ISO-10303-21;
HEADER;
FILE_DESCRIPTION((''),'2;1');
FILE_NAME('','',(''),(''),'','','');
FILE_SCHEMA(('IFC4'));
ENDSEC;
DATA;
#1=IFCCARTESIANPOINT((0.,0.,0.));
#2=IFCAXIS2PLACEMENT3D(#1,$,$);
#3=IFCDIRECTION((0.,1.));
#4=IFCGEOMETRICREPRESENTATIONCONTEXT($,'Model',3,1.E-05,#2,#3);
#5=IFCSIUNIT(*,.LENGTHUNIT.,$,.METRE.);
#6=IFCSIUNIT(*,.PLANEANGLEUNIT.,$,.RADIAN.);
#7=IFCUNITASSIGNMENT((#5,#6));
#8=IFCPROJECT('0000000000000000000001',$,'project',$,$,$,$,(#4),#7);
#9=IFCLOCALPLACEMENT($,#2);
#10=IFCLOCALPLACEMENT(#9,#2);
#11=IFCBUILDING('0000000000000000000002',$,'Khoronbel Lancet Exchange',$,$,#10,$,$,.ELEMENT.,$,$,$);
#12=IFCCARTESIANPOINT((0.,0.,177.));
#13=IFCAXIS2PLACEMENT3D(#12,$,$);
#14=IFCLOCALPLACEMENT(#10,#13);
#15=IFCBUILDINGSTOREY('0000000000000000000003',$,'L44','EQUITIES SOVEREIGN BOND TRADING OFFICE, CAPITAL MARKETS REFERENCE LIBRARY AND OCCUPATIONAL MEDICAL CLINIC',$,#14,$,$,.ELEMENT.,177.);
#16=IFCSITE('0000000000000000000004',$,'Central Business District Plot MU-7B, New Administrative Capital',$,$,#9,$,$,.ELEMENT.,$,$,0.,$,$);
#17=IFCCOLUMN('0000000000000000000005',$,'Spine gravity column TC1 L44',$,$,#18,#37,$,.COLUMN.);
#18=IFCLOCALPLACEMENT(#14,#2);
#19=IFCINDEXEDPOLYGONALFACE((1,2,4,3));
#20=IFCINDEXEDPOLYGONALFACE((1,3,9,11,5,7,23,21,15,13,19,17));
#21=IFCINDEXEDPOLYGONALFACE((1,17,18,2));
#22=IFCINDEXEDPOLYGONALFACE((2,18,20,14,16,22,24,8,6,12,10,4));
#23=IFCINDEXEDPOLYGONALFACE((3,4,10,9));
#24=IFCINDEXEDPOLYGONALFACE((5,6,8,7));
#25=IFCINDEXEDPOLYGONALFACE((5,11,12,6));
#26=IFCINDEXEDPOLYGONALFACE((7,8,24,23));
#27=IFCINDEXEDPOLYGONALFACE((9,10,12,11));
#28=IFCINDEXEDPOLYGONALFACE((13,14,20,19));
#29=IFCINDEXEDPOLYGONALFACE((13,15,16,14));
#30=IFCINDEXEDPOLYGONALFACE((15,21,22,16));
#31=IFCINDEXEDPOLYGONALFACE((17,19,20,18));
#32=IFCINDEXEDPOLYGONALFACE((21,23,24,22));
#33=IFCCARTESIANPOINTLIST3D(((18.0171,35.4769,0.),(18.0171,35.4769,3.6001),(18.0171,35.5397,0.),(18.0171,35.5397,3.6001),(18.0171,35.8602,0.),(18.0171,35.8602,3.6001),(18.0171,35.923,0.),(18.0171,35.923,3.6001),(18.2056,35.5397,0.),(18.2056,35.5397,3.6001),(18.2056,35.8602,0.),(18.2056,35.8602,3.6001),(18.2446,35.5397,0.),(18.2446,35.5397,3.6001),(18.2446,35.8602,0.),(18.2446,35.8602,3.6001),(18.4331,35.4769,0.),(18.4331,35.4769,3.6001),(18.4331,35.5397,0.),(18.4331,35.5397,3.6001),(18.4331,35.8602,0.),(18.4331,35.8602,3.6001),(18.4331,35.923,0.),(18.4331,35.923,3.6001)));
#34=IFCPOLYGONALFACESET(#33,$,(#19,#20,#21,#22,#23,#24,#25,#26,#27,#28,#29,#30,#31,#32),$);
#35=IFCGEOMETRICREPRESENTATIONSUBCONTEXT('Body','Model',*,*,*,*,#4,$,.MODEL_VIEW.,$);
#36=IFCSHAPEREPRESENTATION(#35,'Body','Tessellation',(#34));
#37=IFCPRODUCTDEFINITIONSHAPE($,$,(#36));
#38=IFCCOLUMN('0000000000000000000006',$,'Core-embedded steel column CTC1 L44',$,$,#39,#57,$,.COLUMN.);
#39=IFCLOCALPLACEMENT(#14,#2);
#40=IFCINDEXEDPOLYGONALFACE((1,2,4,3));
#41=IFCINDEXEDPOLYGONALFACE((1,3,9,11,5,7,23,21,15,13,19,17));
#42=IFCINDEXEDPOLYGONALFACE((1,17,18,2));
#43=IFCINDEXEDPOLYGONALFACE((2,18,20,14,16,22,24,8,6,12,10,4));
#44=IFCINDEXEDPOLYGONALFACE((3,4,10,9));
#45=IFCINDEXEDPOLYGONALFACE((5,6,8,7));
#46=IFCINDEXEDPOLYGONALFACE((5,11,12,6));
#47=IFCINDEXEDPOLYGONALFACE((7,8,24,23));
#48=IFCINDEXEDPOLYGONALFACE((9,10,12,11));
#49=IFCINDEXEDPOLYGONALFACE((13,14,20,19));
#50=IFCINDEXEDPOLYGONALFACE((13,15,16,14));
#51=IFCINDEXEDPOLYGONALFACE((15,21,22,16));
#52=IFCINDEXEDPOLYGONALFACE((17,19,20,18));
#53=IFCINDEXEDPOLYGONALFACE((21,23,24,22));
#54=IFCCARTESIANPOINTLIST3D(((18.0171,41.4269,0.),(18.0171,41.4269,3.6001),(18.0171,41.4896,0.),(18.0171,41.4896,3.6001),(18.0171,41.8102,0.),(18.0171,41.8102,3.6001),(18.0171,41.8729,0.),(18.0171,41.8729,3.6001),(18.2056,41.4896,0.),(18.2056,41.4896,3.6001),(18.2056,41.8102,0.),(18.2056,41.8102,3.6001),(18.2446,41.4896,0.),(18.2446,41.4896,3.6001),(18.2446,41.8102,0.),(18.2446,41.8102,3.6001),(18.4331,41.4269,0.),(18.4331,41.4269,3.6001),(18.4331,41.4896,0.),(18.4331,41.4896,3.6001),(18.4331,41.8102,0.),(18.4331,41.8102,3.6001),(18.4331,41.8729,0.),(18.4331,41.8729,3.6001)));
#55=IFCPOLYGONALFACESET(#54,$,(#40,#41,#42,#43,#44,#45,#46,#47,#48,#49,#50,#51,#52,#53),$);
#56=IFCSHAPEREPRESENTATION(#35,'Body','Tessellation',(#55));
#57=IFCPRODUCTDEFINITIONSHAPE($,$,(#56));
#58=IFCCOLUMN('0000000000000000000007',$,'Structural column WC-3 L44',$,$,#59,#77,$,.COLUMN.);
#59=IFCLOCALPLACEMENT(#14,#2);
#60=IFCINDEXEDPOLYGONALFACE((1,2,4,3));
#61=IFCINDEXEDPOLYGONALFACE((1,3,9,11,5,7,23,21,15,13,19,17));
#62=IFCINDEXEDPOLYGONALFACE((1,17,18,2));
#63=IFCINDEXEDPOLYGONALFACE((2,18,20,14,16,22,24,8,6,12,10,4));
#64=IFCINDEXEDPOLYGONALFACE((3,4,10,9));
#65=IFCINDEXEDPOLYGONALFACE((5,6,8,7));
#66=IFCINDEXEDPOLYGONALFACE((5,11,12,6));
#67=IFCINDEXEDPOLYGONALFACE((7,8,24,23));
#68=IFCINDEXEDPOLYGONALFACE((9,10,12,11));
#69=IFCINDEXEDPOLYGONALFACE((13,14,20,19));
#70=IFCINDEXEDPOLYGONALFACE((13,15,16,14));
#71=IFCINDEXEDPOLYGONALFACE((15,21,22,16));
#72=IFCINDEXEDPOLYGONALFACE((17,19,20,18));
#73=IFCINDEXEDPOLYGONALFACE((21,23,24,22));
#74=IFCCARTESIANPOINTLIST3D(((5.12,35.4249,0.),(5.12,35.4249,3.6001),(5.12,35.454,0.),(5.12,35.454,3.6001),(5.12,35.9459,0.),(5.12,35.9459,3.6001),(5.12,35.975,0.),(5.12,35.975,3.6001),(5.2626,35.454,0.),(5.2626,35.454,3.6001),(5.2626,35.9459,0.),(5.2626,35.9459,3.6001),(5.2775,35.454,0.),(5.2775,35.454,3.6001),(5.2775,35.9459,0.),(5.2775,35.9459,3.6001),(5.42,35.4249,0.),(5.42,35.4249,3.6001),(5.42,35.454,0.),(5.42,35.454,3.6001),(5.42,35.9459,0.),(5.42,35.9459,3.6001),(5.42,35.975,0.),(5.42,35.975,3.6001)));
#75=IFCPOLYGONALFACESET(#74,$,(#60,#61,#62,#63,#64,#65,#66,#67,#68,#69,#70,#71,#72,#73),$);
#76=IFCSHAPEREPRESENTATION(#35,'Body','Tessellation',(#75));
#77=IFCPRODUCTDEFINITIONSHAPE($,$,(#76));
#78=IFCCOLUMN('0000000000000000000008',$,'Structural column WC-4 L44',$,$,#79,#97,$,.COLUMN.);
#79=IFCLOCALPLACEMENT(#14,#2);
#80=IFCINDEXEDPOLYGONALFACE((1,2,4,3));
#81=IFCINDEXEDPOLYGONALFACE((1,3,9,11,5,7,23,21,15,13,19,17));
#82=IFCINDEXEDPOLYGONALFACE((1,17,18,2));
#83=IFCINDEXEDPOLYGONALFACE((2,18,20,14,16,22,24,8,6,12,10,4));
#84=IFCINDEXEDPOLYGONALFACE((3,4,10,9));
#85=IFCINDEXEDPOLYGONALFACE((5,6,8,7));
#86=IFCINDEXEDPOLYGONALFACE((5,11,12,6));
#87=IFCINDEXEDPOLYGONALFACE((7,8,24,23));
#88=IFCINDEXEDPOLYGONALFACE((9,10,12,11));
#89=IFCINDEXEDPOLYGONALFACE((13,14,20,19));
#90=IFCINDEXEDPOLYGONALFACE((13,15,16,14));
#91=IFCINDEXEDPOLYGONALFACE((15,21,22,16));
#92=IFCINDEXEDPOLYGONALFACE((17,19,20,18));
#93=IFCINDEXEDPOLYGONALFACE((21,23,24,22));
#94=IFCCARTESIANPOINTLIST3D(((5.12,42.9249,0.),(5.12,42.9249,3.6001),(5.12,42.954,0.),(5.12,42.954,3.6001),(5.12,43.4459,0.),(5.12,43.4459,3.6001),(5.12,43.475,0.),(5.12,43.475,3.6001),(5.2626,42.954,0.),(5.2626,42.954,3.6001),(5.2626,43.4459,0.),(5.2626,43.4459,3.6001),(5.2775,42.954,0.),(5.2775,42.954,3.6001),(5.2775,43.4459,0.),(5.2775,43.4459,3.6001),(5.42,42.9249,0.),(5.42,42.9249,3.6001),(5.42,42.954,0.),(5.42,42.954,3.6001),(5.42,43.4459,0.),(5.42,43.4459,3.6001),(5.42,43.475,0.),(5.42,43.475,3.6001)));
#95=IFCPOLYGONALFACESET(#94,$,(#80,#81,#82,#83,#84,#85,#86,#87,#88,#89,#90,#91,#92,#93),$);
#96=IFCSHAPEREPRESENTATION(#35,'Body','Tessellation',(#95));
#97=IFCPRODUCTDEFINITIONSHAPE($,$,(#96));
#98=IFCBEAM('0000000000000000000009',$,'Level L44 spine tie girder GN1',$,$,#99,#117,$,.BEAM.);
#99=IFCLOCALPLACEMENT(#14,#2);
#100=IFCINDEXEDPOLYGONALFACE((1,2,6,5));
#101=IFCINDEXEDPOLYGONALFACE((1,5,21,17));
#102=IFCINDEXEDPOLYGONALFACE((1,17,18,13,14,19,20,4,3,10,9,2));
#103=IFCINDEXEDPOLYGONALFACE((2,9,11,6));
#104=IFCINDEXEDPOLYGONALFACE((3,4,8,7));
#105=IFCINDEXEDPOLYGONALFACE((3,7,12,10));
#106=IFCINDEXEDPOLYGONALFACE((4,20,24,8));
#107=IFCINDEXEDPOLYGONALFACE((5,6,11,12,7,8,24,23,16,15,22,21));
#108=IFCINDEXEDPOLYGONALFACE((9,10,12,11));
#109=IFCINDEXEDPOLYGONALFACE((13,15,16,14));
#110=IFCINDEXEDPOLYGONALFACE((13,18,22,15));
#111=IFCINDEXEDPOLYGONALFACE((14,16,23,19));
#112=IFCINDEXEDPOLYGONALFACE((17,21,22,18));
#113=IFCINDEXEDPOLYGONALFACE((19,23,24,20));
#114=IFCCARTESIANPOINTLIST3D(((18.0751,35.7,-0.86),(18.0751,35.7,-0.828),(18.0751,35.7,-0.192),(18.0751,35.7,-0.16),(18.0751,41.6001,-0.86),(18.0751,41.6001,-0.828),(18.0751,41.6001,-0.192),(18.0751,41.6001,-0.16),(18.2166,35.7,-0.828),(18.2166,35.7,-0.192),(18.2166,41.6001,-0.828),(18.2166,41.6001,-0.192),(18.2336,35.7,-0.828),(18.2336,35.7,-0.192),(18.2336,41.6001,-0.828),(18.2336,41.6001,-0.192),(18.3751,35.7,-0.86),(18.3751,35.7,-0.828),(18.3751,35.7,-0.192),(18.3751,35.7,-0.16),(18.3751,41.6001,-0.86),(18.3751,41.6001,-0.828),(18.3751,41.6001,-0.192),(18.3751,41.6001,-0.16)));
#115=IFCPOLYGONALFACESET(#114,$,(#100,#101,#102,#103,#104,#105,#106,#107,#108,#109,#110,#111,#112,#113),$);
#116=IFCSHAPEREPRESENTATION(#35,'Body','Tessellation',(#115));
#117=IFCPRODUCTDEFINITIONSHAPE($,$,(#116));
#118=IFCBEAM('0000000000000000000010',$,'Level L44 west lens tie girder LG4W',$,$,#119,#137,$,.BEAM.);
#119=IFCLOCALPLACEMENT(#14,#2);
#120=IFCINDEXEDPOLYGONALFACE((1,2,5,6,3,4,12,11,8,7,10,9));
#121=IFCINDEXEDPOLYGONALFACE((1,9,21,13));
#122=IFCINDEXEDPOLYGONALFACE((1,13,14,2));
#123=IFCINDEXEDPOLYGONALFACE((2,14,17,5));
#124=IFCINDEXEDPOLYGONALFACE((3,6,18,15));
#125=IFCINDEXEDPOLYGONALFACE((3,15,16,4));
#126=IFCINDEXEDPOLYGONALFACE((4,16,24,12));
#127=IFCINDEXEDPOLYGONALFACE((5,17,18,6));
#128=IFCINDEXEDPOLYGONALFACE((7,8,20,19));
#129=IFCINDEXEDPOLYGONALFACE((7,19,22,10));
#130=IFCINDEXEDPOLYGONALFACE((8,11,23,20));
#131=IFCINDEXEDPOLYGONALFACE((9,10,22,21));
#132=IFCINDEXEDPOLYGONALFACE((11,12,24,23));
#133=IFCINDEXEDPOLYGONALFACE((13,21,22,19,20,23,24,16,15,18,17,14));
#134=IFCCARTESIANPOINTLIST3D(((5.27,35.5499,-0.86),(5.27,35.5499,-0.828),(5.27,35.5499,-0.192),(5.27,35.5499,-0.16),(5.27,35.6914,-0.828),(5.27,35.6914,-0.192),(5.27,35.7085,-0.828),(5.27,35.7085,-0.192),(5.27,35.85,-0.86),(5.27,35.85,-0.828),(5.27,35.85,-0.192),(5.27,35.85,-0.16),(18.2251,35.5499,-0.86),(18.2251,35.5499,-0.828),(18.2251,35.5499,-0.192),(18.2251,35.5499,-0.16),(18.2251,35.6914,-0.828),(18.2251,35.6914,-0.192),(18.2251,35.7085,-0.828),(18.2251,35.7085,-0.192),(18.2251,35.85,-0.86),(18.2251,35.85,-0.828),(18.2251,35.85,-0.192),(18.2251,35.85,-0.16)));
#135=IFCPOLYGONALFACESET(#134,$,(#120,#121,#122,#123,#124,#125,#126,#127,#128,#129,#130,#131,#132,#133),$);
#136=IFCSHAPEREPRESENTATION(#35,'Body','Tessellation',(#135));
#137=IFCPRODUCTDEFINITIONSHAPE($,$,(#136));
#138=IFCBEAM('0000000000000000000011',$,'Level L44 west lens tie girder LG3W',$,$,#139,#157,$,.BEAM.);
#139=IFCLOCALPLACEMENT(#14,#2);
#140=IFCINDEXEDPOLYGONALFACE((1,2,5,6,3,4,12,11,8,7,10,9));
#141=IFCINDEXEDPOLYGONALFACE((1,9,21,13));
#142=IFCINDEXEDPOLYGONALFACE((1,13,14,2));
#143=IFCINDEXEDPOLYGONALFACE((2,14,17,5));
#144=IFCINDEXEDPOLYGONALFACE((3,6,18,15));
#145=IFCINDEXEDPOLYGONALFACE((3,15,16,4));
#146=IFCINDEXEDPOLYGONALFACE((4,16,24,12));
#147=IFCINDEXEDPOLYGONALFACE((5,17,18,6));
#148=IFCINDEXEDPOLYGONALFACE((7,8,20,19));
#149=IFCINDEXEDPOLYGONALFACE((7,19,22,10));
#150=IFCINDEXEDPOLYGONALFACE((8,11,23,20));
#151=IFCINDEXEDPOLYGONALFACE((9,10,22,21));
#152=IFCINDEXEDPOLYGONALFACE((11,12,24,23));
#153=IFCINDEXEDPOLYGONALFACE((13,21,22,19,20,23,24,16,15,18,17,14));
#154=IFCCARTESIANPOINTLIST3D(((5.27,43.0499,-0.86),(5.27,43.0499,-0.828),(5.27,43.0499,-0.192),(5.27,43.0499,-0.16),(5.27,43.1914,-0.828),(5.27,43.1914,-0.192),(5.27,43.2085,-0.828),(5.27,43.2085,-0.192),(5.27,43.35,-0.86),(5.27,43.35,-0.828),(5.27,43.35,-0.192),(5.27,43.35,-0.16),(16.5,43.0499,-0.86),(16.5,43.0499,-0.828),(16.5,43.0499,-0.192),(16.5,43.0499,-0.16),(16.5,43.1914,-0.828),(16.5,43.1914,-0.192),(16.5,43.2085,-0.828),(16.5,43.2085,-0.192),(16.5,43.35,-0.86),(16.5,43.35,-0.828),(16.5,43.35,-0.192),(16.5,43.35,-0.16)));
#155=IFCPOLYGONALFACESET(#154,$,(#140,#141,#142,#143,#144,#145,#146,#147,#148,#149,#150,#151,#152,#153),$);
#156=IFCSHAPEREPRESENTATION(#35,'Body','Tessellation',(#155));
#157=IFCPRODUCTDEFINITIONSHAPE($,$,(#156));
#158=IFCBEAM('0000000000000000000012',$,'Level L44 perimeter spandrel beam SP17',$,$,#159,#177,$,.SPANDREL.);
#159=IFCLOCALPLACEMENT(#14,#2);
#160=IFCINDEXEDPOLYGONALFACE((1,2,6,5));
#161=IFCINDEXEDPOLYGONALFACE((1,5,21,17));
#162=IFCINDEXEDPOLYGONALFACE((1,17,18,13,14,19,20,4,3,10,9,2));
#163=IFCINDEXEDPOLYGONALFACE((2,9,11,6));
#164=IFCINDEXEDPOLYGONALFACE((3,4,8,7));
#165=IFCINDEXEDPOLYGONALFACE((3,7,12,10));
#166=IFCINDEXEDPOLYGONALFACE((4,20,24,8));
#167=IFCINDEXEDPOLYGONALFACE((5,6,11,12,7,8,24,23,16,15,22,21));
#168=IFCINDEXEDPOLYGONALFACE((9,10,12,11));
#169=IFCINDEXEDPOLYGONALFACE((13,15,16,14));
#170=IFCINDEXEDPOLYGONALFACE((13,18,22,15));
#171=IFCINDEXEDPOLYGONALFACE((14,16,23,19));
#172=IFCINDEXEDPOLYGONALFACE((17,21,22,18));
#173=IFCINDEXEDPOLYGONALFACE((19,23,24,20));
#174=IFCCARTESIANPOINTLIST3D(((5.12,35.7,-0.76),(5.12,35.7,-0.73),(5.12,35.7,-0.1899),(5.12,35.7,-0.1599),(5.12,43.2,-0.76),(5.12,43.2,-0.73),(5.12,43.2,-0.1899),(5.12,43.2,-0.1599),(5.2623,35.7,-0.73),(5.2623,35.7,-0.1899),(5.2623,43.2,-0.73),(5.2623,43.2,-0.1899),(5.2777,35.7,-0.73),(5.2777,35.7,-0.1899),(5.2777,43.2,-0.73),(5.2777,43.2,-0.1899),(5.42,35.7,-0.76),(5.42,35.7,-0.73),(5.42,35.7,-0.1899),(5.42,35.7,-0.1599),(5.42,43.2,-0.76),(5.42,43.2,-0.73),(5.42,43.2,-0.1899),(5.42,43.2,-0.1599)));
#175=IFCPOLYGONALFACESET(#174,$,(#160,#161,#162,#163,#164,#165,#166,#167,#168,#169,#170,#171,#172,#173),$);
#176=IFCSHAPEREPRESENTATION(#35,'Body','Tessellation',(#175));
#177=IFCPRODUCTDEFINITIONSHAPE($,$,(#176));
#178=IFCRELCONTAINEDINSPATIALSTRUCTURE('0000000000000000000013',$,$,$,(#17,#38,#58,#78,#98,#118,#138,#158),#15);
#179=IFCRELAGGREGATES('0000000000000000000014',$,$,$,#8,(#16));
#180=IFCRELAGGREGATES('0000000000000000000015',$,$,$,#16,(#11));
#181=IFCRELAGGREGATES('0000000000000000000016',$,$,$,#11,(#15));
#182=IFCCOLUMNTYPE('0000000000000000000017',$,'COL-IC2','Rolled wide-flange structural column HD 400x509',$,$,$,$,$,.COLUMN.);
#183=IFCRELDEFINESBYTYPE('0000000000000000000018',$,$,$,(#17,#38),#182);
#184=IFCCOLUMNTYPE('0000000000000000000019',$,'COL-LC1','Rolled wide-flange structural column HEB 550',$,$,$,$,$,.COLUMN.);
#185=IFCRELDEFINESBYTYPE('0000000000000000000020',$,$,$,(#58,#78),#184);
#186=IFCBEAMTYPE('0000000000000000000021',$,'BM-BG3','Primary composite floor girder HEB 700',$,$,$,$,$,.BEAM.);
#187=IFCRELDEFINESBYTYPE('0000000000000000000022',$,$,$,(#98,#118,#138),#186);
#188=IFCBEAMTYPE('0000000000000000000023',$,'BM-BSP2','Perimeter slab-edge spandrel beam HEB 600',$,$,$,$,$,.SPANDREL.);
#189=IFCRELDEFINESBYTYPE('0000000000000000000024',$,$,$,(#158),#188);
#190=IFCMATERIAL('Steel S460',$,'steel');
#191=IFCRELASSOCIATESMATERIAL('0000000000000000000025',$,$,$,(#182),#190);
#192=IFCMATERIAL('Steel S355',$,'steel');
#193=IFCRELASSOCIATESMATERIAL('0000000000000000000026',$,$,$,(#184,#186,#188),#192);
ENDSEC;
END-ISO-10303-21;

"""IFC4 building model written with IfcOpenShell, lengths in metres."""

from ifc_helpers import new_model, si_unit, direction, frame, origin, origin_2d, place, context, subcontext, project, spatial, i_section, extrude, material, material_profile, profile_set, type_object, element, save


model = new_model("IFC4")

# Units and contexts
model_context = context("Model", 3, precision=1e-05, world=origin(), true_north=direction((0.0, 1.0)))
body_context = subcontext(model_context, "Body", "Model", "MODEL_VIEW")
ifc_project = project(units=[si_unit("LENGTHUNIT", "METRE"), si_unit("PLANEANGLEUNIT", "RADIAN")], contexts=[model_context])

# Site, building, storey
site_placement = place(None, origin())
site = spatial("IfcSite", under=ifc_project, at=site_placement, Name="Central Business District Plot MU-7B, New Administrative Capital", CompositionType="ELEMENT", RefElevation=0.0)
building_placement = place(site_placement, origin())
building = spatial("IfcBuilding", under=site, at=building_placement, Name="Khoronbel Lancet Exchange", CompositionType="ELEMENT")
storey_placement = place(building_placement, frame((0.0, 0.0, 177.0)))
storey = spatial("IfcBuildingStorey", under=building, at=storey_placement, Name="L44", Description="EQUITIES SOVEREIGN BOND TRADING OFFICE, CAPITAL MARKETS REFERENCE LIBRARY AND OCCUPATIONAL MEDICAL CLINIC", CompositionType="ELEMENT", Elevation=177.0)

# Columns
ifc_material_1 = material(Name="Steel S460", Category="steel")
ifc_material_profile_1 = material_profile(ifc_material_1, i_section(OverallWidth=0.416, OverallDepth=0.446, WebThickness=0.0391, FlangeThickness=0.0627, at=origin_2d()), Name="HD 400x509")
ifc_profile_set_1 = profile_set([ifc_material_profile_1], Name="Steel S460")
column_type_1 = type_object("IfcColumnType", Name="COL-IC2", Description="Rolled wide-flange structural column HD 400x509", PredefinedType="COLUMN", material=ifc_profile_set_1)
for number, where, z_axis, x_axis, name in (
    (1, (18.2251, 35.7, 0.0), (0.0, 0.0, 1.0), (1.0, 0.0, 0.0), "Spine gravity column TC1 L44"),
    (2, (18.2251, 41.6499, 0.0), (0.0, 0.0, 1.0), (1.0, 0.0, 0.0), "Core-embedded steel column CTC1 L44"),
):
    element("IfcColumn", number, at=place(storey_placement, frame(where, z_axis=z_axis, x_axis=x_axis)), inside=storey, type_object=column_type_1, Name=name, PredefinedType="COLUMN", context=body_context, shape_type="SweptSolid", body=[
        extrude(i_section(OverallWidth=0.416, OverallDepth=0.446, WebThickness=0.0391, FlangeThickness=0.0627, at=origin_2d()), origin(), (0.0, 0.0, 1.0), 3.6001),
    ])
ifc_material_2 = material(Name="Steel S355", Category="steel")
ifc_material_profile_2 = material_profile(ifc_material_2, i_section(OverallWidth=0.3, OverallDepth=0.55, WebThickness=0.0149, FlangeThickness=0.0291, at=origin_2d()), Name="HEB 550")
ifc_profile_set_2 = profile_set([ifc_material_profile_2], Name="Steel S355")
column_type_2 = type_object("IfcColumnType", Name="COL-LC1", Description="Rolled wide-flange structural column HEB 550", PredefinedType="COLUMN", material=ifc_profile_set_2)
for number, where, z_axis, x_axis, name in (
    (3, (5.27, 35.7, 0.0), (0.0, 0.0, 1.0), (1.0, 0.0, 0.0), "Structural column WC-3 L44"),
    (4, (5.27, 43.2, 0.0), (0.0, 0.0, 1.0), (1.0, 0.0, 0.0), "Structural column WC-4 L44"),
):
    element("IfcColumn", number, at=place(storey_placement, frame(where, z_axis=z_axis, x_axis=x_axis)), inside=storey, type_object=column_type_2, Name=name, PredefinedType="COLUMN", context=body_context, shape_type="SweptSolid", body=[
        extrude(i_section(OverallWidth=0.3, OverallDepth=0.55, WebThickness=0.0149, FlangeThickness=0.0291, at=origin_2d()), origin(), (0.0, 0.0, 1.0), 3.6001),
    ])

# Beams
ifc_material_profile_3 = material_profile(ifc_material_2, i_section(OverallWidth=0.3, OverallDepth=0.7, WebThickness=0.0171, FlangeThickness=0.032, at=origin_2d()), Name="HEB 700")
ifc_profile_set_3 = profile_set([ifc_material_profile_3], Name="Steel S355")
beam_type_1 = type_object("IfcBeamType", Name="BM-BG3", Description="Primary composite floor girder HEB 700", PredefinedType="BEAM", material=ifc_profile_set_3)
beam_1_placement = place(storey_placement, frame((18.2251, 35.7, -0.51), z_axis=(0.0, 1.0, 0.0), x_axis=(-1.0, 0.0, 0.0)))
element("IfcBeam", 5, at=beam_1_placement, inside=storey, type_object=beam_type_1, Name="Level L44 spine tie girder GN1", PredefinedType="BEAM", context=body_context, shape_type="SweptSolid", body=[
    extrude(i_section(OverallWidth=0.3, OverallDepth=0.7, WebThickness=0.0171, FlangeThickness=0.032, at=origin_2d()), origin(), (0.0, 0.0, 1.0), 5.9001),
])
beam_2_placement = place(storey_placement, frame((5.27, 35.7, -0.51), z_axis=(1.0, 0.0, 0.0), x_axis=(0.0, 1.0, 0.0)))
element("IfcBeam", 6, at=beam_2_placement, inside=storey, type_object=beam_type_1, Name="Level L44 west lens tie girder LG4W", PredefinedType="BEAM", context=body_context, shape_type="SweptSolid", body=[
    extrude(i_section(OverallWidth=0.3, OverallDepth=0.7, WebThickness=0.0171, FlangeThickness=0.032, at=origin_2d()), origin(), (0.0, 0.0, 1.0), 12.9551),
])
beam_3_placement = place(storey_placement, frame((5.27, 43.2, -0.51), z_axis=(1.0, 0.0, 0.0), x_axis=(0.0, 1.0, 0.0)))
element("IfcBeam", 7, at=beam_3_placement, inside=storey, type_object=beam_type_1, Name="Level L44 west lens tie girder LG3W", PredefinedType="BEAM", context=body_context, shape_type="SweptSolid", body=[
    extrude(i_section(OverallWidth=0.3, OverallDepth=0.7, WebThickness=0.0171, FlangeThickness=0.032, at=origin_2d()), origin(), (0.0, 0.0, 1.0), 11.23),
])
ifc_material_profile_4 = material_profile(ifc_material_2, i_section(OverallWidth=0.3, OverallDepth=0.6001, WebThickness=0.0154, FlangeThickness=0.03, at=origin_2d()), Name="HEB 600")
ifc_profile_set_4 = profile_set([ifc_material_profile_4], Name="Steel S355")
beam_type_2 = type_object("IfcBeamType", Name="BM-BSP2", Description="Perimeter slab-edge spandrel beam HEB 600", PredefinedType="SPANDREL", material=ifc_profile_set_4)
beam_4_placement = place(storey_placement, frame((5.27, 43.2, -0.46), z_axis=(0.0, -1.0, 0.0), x_axis=(1.0, 0.0, 0.0)))
element("IfcBeam", 8, at=beam_4_placement, inside=storey, type_object=beam_type_2, Name="Level L44 perimeter spandrel beam SP17", PredefinedType="SPANDREL", context=body_context, shape_type="SweptSolid", body=[
    extrude(i_section(OverallWidth=0.3, OverallDepth=0.6001, WebThickness=0.0154, FlangeThickness=0.03, at=origin_2d()), origin(), (0.0, 0.0, 1.0), 7.5),
])

save(model, "model.ifc")
